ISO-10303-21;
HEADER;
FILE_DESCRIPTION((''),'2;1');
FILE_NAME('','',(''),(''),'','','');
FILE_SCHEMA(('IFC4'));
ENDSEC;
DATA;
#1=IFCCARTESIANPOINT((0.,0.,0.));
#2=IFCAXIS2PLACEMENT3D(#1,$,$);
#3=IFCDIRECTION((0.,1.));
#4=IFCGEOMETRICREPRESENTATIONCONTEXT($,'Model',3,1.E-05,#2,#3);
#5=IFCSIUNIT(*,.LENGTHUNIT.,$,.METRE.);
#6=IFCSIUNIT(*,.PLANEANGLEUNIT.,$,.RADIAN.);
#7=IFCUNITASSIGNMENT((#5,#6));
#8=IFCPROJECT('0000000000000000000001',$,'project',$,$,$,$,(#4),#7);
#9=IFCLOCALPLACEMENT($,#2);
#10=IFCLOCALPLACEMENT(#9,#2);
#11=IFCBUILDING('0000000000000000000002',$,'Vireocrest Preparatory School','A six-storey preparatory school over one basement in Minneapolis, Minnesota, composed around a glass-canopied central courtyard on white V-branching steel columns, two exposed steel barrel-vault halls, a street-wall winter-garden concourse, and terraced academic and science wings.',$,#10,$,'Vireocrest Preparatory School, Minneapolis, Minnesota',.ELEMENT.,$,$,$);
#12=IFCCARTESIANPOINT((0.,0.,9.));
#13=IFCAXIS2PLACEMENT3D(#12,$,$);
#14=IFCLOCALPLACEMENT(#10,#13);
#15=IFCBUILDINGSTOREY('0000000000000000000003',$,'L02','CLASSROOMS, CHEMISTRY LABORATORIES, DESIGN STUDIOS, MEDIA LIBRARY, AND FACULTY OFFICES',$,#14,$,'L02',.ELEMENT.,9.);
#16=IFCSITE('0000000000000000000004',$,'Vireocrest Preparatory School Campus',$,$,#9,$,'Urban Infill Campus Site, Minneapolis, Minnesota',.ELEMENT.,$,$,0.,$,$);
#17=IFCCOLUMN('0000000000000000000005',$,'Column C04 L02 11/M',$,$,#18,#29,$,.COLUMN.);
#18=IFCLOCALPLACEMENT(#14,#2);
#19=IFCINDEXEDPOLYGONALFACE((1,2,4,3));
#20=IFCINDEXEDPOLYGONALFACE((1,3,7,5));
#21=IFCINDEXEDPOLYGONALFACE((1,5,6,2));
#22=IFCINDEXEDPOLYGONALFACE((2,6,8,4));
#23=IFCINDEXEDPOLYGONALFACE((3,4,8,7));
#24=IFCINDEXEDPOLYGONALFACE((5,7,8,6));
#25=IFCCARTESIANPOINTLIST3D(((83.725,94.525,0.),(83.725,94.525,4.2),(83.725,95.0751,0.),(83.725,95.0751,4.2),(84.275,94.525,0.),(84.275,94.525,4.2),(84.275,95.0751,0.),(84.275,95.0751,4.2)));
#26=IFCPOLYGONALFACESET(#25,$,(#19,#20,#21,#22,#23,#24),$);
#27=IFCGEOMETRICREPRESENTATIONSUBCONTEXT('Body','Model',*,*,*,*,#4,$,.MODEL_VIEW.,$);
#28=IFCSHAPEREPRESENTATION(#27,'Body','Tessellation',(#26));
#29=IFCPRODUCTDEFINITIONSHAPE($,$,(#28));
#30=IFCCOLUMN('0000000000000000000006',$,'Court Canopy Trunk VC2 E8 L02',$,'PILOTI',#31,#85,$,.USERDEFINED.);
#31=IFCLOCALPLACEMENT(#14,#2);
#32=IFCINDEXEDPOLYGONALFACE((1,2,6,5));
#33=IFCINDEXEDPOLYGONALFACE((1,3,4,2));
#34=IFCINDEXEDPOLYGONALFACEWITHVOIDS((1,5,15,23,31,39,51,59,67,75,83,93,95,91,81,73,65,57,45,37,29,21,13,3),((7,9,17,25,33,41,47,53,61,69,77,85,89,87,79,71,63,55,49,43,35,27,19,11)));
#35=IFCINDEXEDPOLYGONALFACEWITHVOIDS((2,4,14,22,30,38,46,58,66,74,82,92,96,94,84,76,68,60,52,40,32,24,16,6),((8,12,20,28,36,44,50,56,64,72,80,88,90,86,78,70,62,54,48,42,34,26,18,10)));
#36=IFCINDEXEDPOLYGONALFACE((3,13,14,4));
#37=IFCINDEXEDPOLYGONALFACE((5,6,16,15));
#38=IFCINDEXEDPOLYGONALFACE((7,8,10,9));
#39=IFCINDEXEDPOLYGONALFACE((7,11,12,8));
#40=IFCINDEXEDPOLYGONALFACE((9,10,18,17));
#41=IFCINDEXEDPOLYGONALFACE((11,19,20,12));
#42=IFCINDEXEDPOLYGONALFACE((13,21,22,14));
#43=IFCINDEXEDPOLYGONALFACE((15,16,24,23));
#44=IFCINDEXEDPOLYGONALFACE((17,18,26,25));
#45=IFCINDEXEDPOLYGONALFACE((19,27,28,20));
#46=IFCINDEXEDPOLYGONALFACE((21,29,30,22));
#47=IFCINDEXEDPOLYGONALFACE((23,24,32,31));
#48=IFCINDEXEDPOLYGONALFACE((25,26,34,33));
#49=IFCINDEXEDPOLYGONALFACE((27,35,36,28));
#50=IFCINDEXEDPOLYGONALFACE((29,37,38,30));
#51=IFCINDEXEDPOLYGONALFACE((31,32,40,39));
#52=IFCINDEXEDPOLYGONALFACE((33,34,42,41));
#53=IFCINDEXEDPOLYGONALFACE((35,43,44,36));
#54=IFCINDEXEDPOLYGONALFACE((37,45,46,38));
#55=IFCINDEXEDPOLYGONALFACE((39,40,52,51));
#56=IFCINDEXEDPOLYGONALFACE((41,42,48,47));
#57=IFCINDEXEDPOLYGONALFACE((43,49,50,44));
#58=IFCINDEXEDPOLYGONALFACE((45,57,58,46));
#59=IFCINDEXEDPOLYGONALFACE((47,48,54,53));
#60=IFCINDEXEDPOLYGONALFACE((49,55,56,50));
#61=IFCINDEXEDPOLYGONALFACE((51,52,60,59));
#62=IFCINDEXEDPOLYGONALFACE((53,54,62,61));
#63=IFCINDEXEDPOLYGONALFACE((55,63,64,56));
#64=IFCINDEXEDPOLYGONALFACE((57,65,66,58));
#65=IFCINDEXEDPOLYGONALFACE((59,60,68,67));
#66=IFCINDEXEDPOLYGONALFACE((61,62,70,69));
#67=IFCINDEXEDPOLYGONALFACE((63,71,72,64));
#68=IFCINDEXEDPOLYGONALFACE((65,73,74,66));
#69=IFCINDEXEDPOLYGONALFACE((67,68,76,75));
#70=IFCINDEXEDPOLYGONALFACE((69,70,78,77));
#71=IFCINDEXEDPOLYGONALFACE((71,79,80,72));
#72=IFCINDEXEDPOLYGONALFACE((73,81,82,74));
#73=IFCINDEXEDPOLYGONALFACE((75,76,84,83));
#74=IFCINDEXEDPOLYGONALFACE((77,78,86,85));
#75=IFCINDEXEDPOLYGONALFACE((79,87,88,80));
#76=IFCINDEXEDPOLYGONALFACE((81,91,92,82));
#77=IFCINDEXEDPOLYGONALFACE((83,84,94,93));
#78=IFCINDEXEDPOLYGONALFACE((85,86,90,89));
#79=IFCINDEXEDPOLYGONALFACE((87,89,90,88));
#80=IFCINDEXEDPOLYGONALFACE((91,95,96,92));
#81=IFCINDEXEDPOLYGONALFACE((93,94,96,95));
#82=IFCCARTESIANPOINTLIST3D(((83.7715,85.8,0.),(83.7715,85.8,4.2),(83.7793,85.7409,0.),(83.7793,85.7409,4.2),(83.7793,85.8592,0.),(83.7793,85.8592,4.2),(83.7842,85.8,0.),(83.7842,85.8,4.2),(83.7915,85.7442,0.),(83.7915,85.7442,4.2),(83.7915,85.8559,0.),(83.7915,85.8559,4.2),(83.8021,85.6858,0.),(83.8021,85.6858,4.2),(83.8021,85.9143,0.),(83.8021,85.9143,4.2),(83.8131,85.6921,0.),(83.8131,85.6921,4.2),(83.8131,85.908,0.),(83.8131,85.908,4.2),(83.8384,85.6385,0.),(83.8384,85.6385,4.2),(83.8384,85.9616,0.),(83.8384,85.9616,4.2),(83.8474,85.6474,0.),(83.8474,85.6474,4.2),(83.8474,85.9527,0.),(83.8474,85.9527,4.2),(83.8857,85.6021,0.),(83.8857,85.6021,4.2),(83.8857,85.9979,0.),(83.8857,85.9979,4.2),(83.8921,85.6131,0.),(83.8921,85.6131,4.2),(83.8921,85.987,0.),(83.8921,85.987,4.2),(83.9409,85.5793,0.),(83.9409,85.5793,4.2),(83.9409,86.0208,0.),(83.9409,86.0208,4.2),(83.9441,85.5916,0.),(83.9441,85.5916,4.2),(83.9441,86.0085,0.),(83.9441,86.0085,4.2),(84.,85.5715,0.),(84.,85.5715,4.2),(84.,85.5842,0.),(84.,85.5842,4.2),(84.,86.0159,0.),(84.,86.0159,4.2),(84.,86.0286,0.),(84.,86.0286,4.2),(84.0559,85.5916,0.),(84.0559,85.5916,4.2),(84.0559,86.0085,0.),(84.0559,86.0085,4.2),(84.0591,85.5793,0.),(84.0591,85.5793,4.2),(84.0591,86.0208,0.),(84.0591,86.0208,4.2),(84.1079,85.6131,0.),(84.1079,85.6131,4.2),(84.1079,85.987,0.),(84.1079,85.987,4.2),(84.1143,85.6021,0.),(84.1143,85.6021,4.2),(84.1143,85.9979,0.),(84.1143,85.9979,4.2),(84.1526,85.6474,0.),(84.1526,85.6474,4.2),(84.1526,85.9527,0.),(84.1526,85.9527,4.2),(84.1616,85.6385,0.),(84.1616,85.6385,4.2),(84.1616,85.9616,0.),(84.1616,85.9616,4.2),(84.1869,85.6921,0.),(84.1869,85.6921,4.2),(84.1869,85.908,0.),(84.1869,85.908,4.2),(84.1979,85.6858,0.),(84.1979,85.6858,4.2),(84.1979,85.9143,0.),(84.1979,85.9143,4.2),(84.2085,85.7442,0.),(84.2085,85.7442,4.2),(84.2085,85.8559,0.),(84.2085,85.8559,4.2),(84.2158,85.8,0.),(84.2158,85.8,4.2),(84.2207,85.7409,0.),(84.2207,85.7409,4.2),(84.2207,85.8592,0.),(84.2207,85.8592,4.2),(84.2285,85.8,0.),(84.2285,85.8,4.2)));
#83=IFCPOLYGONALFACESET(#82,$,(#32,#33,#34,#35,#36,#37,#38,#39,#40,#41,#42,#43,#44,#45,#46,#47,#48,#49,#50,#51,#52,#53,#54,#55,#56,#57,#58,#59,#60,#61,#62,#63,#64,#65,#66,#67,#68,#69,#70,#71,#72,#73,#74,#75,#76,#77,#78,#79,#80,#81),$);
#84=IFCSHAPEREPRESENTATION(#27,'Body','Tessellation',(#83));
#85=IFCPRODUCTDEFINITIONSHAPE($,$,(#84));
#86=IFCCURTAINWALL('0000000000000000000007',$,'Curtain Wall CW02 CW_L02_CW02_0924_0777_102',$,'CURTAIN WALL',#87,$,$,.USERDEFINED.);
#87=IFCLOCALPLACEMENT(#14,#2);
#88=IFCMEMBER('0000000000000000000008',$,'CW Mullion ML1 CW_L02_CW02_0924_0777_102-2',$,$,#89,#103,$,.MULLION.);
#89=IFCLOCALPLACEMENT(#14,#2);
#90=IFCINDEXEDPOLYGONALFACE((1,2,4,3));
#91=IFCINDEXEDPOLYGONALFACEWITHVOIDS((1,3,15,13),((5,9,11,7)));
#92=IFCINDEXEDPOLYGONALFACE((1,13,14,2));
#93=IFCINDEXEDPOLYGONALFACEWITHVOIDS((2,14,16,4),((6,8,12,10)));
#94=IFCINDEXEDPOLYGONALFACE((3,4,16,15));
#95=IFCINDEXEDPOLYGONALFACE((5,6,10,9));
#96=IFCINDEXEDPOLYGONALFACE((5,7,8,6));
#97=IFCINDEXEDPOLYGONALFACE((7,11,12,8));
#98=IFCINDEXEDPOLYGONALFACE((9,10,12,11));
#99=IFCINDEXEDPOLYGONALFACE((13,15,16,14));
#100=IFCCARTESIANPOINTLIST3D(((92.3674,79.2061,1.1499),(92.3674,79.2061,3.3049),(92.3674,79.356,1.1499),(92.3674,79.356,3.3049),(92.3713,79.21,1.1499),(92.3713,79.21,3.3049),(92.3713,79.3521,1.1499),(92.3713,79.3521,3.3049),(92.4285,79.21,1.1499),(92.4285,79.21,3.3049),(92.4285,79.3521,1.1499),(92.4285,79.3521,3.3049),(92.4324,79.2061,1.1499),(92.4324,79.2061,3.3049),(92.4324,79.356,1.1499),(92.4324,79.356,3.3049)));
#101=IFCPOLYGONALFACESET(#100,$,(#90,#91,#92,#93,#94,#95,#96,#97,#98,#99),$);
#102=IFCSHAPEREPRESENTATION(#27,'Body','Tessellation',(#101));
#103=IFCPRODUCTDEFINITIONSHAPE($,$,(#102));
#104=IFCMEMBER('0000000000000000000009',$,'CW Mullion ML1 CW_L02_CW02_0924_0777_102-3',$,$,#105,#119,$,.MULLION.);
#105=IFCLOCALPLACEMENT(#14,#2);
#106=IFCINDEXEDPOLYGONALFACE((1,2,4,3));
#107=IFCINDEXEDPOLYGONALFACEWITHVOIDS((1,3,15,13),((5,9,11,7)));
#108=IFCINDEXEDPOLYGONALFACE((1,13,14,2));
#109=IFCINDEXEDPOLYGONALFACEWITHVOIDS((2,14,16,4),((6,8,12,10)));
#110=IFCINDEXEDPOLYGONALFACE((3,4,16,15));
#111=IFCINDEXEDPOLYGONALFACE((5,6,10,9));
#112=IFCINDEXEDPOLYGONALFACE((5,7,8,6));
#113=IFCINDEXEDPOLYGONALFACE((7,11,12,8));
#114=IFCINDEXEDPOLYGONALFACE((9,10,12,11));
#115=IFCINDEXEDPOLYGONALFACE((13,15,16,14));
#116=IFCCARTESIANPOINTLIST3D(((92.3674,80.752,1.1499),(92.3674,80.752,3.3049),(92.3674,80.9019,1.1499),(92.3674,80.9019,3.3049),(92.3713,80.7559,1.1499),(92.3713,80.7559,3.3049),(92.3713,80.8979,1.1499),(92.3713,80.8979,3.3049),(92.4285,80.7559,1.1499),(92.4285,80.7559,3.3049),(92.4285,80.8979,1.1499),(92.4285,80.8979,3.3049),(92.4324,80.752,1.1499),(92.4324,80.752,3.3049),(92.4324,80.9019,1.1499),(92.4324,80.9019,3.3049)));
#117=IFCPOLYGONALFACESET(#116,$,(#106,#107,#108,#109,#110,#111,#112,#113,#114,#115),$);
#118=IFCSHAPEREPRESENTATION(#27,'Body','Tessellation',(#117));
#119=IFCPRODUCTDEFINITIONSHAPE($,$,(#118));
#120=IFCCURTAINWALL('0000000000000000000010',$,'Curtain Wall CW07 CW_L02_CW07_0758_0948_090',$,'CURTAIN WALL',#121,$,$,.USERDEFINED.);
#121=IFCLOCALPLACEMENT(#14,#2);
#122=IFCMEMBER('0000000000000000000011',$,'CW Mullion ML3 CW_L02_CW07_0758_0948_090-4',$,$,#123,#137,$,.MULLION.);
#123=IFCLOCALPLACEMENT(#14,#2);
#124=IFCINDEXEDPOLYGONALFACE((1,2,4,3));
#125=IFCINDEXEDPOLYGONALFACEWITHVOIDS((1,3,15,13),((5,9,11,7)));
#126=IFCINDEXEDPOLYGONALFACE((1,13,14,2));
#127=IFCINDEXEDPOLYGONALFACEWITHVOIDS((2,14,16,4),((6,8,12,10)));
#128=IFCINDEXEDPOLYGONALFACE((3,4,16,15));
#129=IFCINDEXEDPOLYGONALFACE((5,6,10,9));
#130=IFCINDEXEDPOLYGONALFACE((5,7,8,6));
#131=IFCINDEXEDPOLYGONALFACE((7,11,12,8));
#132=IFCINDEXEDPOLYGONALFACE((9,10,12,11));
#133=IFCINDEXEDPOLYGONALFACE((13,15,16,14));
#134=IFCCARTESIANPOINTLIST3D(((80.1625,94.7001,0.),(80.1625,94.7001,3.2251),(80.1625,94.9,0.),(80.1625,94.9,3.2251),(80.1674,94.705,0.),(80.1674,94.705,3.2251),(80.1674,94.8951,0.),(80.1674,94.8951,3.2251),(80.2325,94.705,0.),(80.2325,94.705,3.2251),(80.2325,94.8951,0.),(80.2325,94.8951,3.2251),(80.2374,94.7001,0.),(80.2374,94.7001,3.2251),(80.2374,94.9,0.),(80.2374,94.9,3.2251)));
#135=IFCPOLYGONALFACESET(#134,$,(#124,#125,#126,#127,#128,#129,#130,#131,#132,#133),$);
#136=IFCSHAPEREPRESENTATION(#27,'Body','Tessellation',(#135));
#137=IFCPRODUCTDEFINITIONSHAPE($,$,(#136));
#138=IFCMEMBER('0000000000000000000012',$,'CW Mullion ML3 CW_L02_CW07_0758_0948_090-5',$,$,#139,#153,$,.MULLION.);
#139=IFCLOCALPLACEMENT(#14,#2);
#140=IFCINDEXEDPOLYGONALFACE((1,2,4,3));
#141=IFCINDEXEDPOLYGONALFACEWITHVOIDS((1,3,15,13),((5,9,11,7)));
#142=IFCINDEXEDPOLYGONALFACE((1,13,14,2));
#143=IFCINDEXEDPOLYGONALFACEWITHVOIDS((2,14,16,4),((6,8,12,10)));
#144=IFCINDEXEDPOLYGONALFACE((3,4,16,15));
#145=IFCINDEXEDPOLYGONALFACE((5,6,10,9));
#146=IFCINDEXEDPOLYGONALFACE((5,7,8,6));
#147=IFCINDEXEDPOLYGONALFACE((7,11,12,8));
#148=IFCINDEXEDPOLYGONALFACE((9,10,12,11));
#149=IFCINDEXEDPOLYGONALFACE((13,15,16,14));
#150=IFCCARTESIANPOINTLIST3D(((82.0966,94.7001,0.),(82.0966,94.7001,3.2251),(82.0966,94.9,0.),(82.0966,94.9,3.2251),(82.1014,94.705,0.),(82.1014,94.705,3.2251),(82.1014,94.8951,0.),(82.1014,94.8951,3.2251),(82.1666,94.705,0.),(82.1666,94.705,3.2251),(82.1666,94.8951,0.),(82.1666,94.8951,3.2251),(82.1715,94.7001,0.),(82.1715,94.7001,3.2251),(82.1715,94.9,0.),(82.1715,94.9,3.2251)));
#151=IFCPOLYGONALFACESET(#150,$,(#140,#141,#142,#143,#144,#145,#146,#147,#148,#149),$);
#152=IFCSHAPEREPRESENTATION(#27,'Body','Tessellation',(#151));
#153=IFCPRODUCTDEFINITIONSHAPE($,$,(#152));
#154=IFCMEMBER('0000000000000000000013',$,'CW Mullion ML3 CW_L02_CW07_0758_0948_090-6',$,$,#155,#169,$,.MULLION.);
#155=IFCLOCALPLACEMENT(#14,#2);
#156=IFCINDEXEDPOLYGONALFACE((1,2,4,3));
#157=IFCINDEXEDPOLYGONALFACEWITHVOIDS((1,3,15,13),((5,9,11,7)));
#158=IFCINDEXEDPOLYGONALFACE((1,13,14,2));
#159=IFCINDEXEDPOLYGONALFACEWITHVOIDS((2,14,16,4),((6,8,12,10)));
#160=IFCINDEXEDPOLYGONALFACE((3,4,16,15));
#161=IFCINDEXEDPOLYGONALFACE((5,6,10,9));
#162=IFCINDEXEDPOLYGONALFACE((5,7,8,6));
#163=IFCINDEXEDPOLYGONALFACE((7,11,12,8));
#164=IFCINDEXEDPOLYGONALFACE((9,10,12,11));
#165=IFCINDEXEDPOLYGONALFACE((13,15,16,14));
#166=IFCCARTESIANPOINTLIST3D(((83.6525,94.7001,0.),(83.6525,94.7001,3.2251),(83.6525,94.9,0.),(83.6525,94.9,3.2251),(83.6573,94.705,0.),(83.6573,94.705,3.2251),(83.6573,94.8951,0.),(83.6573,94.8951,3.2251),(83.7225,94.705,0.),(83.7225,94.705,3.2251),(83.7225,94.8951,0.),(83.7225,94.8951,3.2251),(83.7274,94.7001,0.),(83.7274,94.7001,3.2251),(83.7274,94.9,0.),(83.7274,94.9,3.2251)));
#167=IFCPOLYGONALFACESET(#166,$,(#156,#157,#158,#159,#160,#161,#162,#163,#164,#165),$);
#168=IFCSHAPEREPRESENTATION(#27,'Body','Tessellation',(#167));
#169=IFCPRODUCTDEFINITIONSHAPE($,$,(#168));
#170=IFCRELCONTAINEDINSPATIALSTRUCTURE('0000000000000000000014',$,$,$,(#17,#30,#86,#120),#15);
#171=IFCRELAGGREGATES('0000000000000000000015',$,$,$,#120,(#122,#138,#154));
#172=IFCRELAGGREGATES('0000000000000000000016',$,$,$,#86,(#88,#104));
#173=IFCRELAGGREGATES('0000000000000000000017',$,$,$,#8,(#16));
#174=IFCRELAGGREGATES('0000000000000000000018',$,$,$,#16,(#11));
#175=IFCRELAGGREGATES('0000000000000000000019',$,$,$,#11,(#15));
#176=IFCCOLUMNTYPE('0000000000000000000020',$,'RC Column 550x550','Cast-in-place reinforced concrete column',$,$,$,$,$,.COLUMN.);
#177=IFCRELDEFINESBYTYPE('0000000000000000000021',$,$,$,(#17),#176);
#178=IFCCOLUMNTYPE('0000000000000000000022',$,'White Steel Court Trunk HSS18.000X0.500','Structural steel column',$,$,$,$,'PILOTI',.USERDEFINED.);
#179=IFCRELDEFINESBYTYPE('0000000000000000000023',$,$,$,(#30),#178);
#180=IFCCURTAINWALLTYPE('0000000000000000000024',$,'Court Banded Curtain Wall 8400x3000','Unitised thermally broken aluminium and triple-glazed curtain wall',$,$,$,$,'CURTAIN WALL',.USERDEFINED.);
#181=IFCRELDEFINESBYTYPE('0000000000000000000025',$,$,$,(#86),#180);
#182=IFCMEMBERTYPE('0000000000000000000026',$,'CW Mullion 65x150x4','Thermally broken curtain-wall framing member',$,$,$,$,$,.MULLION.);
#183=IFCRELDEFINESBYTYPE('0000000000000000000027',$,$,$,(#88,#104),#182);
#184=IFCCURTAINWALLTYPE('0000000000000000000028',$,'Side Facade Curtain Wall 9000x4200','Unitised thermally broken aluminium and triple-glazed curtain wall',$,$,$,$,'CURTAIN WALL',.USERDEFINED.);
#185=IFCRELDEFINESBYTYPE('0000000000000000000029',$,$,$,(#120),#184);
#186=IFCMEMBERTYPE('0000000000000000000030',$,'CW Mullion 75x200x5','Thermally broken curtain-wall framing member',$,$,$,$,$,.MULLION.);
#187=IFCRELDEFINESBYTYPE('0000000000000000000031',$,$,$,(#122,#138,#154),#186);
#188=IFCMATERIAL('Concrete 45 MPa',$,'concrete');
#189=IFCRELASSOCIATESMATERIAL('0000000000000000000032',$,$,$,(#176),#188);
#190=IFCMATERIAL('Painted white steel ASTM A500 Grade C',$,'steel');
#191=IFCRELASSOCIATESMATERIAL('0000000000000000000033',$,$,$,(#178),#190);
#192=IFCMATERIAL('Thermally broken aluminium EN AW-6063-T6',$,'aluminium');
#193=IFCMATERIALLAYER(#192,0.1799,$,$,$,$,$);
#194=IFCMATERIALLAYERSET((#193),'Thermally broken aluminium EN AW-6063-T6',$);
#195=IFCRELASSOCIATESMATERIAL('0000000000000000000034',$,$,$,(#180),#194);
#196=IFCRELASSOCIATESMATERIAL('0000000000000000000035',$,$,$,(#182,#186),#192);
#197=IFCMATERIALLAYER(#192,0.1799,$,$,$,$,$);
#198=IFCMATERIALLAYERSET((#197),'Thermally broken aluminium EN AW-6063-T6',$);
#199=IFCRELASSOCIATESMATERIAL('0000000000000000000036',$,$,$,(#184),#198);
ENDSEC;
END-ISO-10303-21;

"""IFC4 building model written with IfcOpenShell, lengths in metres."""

from ifc_helpers import new_model, si_unit, direction, frame, origin, origin_2d, place, context, subcontext, project, spatial, rectangle, hollow_rectangle, hollow_circle, extrude, material, layer, layer_set, material_profile, profile_set, type_object, element, aggregate, save


model = new_model("IFC4")

# Units and contexts
model_context = context("Model", 3, precision=1e-05, world=origin(), true_north=direction((0.0, 1.0)))
body_context = subcontext(model_context, "Body", "Model", "MODEL_VIEW")
ifc_project = project(units=[si_unit("LENGTHUNIT", "METRE"), si_unit("PLANEANGLEUNIT", "RADIAN")], contexts=[model_context])

# Site, building, storey
site_placement = place(None, origin())
site = spatial("IfcSite", under=ifc_project, at=site_placement, Name="Vireocrest Preparatory School Campus", LongName="Urban Infill Campus Site, Minneapolis, Minnesota", CompositionType="ELEMENT", RefElevation=0.0)
building_placement = place(site_placement, origin())
building = spatial("IfcBuilding", under=site, at=building_placement, Name="Vireocrest Preparatory School", Description="A six-storey preparatory school over one basement in Minneapolis, Minnesota, composed around a glass-canopied central courtyard on white V-branching steel columns, two exposed steel barrel-vault halls, a street-wall winter-garden concourse, and terraced academic and science wings.", LongName="Vireocrest Preparatory School, Minneapolis, Minnesota", CompositionType="ELEMENT")
storey_placement = place(building_placement, frame((0.0, 0.0, 9.0)))
storey = spatial("IfcBuildingStorey", under=building, at=storey_placement, Name="L02", Description="CLASSROOMS, CHEMISTRY LABORATORIES, DESIGN STUDIOS, MEDIA LIBRARY, AND FACULTY OFFICES", LongName="L02", CompositionType="ELEMENT", Elevation=9.0)

# Columns
ifc_material_1 = material(Name="Concrete 45 MPa", Category="concrete")
ifc_material_profile_1 = material_profile(ifc_material_1, rectangle(XDim=0.55, YDim=0.55, at=origin_2d()), Name="RC 550x550")
ifc_profile_set_1 = profile_set([ifc_material_profile_1], Name="Concrete 45 MPa")
column_type_1 = type_object("IfcColumnType", Name="RC Column 550x550", Description="Cast-in-place reinforced concrete column", PredefinedType="COLUMN", material=ifc_profile_set_1)
column_1_placement = place(storey_placement, frame((84.0, 94.8, 0.0), z_axis=(0.0, 0.0, 1.0), x_axis=(1.0, 0.0, 0.0)))
element("IfcColumn", 1, at=column_1_placement, inside=storey, type_object=column_type_1, Name="Column C04 L02 11/M", PredefinedType="COLUMN", context=body_context, shape_type="SweptSolid", body=[
    extrude(rectangle(XDim=0.55, YDim=0.55, at=origin_2d()), origin(), (0.0, 0.0, 1.0), 4.2),
])
ifc_material_2 = material(Name="Painted white steel ASTM A500 Grade C", Category="steel")
ifc_material_profile_2 = material_profile(ifc_material_2, hollow_circle(Radius=0.2285, WallThickness=0.0127, at=origin_2d()), Name="HSS18.000X0.500")
ifc_profile_set_2 = profile_set([ifc_material_profile_2], Name="Painted white steel ASTM A500 Grade C")
column_type_2 = type_object("IfcColumnType", Name="White Steel Court Trunk HSS18.000X0.500", Description="Structural steel column", ElementType="PILOTI", PredefinedType="USERDEFINED", material=ifc_profile_set_2)
column_2_placement = place(storey_placement, frame((84.0, 85.8, 0.0), z_axis=(0.0, 0.0, 1.0), x_axis=(1.0, 0.0, 0.0)))
element("IfcColumn", 2, at=column_2_placement, inside=storey, type_object=column_type_2, Name="Court Canopy Trunk VC2 E8 L02", ObjectType="PILOTI", PredefinedType="USERDEFINED", context=body_context, shape_type="SweptSolid", body=[
    extrude(hollow_circle(Radius=0.2285, WallThickness=0.0127, at=origin_2d()), origin(), (0.0, 0.0, 1.0), 4.2),
])

# Curtain walls, members
ifc_material_3 = material(Name="Thermally broken aluminium EN AW-6063-T6", Category="aluminium")
ifc_layer_1 = layer(ifc_material_3, 0.1799)
ifc_layer_set_1 = layer_set([ifc_layer_1], Name="Thermally broken aluminium EN AW-6063-T6")
curtain_wall_type_1 = type_object("IfcCurtainWallType", Name="Court Banded Curtain Wall 8400x3000", Description="Unitised thermally broken aluminium and triple-glazed curtain wall", ElementType="CURTAIN WALL", PredefinedType="USERDEFINED", material=ifc_layer_set_1)
curtain_wall_1_placement = place(storey_placement, origin())
curtain_wall_1 = element("IfcCurtainWall", 3, at=curtain_wall_1_placement, inside=storey, type_object=curtain_wall_type_1, Name="Curtain Wall CW02 CW_L02_CW02_0924_0777_102", ObjectType="CURTAIN WALL", PredefinedType="USERDEFINED")
ifc_material_profile_3 = material_profile(ifc_material_3, hollow_rectangle(XDim=0.0649, YDim=0.1499, WallThickness=0.0039, at=origin_2d()), Name="ALU 65x150x4")
ifc_profile_set_3 = profile_set([ifc_material_profile_3], Name="Thermally broken aluminium EN AW-6063-T6")
member_type_1 = type_object("IfcMemberType", Name="CW Mullion 65x150x4", Description="Thermally broken curtain-wall framing member", PredefinedType="MULLION", material=ifc_profile_set_3)
member_1_placement = place(storey_placement, frame((92.3999, 79.281, 1.1499), z_axis=(0.0, 0.0, 1.0), x_axis=(1.0, 0.0, 0.0)))
member_1 = element("IfcMember", 4, at=member_1_placement, type_object=member_type_1, Name="CW Mullion ML1 CW_L02_CW02_0924_0777_102-2", PredefinedType="MULLION", context=body_context, shape_type="SweptSolid", body=[
    extrude(hollow_rectangle(XDim=0.0649, YDim=0.1499, WallThickness=0.0039, at=origin_2d()), origin(), (0.0, 0.0, 1.0), 2.155),
])
member_2_placement = place(storey_placement, frame((92.3999, 80.8269, 1.1499), z_axis=(0.0, 0.0, 1.0), x_axis=(1.0, 0.0, 0.0)))
member_2 = element("IfcMember", 5, at=member_2_placement, type_object=member_type_1, Name="CW Mullion ML1 CW_L02_CW02_0924_0777_102-3", PredefinedType="MULLION", context=body_context, shape_type="SweptSolid", body=[
    extrude(hollow_rectangle(XDim=0.0649, YDim=0.1499, WallThickness=0.0039, at=origin_2d()), origin(), (0.0, 0.0, 1.0), 2.155),
])
ifc_layer_2 = layer(ifc_material_3, 0.1799)
ifc_layer_set_2 = layer_set([ifc_layer_2], Name="Thermally broken aluminium EN AW-6063-T6")
curtain_wall_type_2 = type_object("IfcCurtainWallType", Name="Side Facade Curtain Wall 9000x4200", Description="Unitised thermally broken aluminium and triple-glazed curtain wall", ElementType="CURTAIN WALL", PredefinedType="USERDEFINED", material=ifc_layer_set_2)
curtain_wall_2_placement = place(storey_placement, origin())
curtain_wall_2 = element("IfcCurtainWall", 6, at=curtain_wall_2_placement, inside=storey, type_object=curtain_wall_type_2, Name="Curtain Wall CW07 CW_L02_CW07_0758_0948_090", ObjectType="CURTAIN WALL", PredefinedType="USERDEFINED")
ifc_material_profile_4 = material_profile(ifc_material_3, hollow_rectangle(XDim=0.075, YDim=0.2, WallThickness=0.0049, at=origin_2d()), Name="ALU 75x200x5")
ifc_profile_set_4 = profile_set([ifc_material_profile_4], Name="Thermally broken aluminium EN AW-6063-T6")
member_type_2 = type_object("IfcMemberType", Name="CW Mullion 75x200x5", Description="Thermally broken curtain-wall framing member", PredefinedType="MULLION", material=ifc_profile_set_4)
member_3_placement = place(storey_placement, frame((80.2, 94.8, 0.0), z_axis=(0.0, 0.0, 1.0), x_axis=(1.0, 0.0, 0.0)))
member_3 = element("IfcMember", 7, at=member_3_placement, type_object=member_type_2, Name="CW Mullion ML3 CW_L02_CW07_0758_0948_090-4", PredefinedType="MULLION", context=body_context, shape_type="SweptSolid", body=[
    extrude(hollow_rectangle(XDim=0.075, YDim=0.2, WallThickness=0.0049, at=origin_2d()), origin(), (0.0, 0.0, 1.0), 3.2251),
])
member_4_placement = place(storey_placement, frame((82.134, 94.8, 0.0), z_axis=(0.0, 0.0, 1.0), x_axis=(1.0, 0.0, 0.0)))
member_4 = element("IfcMember", 8, at=member_4_placement, type_object=member_type_2, Name="CW Mullion ML3 CW_L02_CW07_0758_0948_090-5", PredefinedType="MULLION", context=body_context, shape_type="SweptSolid", body=[
    extrude(hollow_rectangle(XDim=0.075, YDim=0.2, WallThickness=0.0049, at=origin_2d()), origin(), (0.0, 0.0, 1.0), 3.2251),
])
member_5_placement = place(storey_placement, frame((83.6899, 94.8, 0.0), z_axis=(0.0, 0.0, 1.0), x_axis=(1.0, 0.0, 0.0)))
member_5 = element("IfcMember", 9, at=member_5_placement, type_object=member_type_2, Name="CW Mullion ML3 CW_L02_CW07_0758_0948_090-6", PredefinedType="MULLION", context=body_context, shape_type="SweptSolid", body=[
    extrude(hollow_rectangle(XDim=0.075, YDim=0.2, WallThickness=0.0049, at=origin_2d()), origin(), (0.0, 0.0, 1.0), 3.2251),
])

aggregate(curtain_wall_2, [member_3, member_4, member_5])
aggregate(curtain_wall_1, [member_1, member_2])

save(model, "model.ifc")
